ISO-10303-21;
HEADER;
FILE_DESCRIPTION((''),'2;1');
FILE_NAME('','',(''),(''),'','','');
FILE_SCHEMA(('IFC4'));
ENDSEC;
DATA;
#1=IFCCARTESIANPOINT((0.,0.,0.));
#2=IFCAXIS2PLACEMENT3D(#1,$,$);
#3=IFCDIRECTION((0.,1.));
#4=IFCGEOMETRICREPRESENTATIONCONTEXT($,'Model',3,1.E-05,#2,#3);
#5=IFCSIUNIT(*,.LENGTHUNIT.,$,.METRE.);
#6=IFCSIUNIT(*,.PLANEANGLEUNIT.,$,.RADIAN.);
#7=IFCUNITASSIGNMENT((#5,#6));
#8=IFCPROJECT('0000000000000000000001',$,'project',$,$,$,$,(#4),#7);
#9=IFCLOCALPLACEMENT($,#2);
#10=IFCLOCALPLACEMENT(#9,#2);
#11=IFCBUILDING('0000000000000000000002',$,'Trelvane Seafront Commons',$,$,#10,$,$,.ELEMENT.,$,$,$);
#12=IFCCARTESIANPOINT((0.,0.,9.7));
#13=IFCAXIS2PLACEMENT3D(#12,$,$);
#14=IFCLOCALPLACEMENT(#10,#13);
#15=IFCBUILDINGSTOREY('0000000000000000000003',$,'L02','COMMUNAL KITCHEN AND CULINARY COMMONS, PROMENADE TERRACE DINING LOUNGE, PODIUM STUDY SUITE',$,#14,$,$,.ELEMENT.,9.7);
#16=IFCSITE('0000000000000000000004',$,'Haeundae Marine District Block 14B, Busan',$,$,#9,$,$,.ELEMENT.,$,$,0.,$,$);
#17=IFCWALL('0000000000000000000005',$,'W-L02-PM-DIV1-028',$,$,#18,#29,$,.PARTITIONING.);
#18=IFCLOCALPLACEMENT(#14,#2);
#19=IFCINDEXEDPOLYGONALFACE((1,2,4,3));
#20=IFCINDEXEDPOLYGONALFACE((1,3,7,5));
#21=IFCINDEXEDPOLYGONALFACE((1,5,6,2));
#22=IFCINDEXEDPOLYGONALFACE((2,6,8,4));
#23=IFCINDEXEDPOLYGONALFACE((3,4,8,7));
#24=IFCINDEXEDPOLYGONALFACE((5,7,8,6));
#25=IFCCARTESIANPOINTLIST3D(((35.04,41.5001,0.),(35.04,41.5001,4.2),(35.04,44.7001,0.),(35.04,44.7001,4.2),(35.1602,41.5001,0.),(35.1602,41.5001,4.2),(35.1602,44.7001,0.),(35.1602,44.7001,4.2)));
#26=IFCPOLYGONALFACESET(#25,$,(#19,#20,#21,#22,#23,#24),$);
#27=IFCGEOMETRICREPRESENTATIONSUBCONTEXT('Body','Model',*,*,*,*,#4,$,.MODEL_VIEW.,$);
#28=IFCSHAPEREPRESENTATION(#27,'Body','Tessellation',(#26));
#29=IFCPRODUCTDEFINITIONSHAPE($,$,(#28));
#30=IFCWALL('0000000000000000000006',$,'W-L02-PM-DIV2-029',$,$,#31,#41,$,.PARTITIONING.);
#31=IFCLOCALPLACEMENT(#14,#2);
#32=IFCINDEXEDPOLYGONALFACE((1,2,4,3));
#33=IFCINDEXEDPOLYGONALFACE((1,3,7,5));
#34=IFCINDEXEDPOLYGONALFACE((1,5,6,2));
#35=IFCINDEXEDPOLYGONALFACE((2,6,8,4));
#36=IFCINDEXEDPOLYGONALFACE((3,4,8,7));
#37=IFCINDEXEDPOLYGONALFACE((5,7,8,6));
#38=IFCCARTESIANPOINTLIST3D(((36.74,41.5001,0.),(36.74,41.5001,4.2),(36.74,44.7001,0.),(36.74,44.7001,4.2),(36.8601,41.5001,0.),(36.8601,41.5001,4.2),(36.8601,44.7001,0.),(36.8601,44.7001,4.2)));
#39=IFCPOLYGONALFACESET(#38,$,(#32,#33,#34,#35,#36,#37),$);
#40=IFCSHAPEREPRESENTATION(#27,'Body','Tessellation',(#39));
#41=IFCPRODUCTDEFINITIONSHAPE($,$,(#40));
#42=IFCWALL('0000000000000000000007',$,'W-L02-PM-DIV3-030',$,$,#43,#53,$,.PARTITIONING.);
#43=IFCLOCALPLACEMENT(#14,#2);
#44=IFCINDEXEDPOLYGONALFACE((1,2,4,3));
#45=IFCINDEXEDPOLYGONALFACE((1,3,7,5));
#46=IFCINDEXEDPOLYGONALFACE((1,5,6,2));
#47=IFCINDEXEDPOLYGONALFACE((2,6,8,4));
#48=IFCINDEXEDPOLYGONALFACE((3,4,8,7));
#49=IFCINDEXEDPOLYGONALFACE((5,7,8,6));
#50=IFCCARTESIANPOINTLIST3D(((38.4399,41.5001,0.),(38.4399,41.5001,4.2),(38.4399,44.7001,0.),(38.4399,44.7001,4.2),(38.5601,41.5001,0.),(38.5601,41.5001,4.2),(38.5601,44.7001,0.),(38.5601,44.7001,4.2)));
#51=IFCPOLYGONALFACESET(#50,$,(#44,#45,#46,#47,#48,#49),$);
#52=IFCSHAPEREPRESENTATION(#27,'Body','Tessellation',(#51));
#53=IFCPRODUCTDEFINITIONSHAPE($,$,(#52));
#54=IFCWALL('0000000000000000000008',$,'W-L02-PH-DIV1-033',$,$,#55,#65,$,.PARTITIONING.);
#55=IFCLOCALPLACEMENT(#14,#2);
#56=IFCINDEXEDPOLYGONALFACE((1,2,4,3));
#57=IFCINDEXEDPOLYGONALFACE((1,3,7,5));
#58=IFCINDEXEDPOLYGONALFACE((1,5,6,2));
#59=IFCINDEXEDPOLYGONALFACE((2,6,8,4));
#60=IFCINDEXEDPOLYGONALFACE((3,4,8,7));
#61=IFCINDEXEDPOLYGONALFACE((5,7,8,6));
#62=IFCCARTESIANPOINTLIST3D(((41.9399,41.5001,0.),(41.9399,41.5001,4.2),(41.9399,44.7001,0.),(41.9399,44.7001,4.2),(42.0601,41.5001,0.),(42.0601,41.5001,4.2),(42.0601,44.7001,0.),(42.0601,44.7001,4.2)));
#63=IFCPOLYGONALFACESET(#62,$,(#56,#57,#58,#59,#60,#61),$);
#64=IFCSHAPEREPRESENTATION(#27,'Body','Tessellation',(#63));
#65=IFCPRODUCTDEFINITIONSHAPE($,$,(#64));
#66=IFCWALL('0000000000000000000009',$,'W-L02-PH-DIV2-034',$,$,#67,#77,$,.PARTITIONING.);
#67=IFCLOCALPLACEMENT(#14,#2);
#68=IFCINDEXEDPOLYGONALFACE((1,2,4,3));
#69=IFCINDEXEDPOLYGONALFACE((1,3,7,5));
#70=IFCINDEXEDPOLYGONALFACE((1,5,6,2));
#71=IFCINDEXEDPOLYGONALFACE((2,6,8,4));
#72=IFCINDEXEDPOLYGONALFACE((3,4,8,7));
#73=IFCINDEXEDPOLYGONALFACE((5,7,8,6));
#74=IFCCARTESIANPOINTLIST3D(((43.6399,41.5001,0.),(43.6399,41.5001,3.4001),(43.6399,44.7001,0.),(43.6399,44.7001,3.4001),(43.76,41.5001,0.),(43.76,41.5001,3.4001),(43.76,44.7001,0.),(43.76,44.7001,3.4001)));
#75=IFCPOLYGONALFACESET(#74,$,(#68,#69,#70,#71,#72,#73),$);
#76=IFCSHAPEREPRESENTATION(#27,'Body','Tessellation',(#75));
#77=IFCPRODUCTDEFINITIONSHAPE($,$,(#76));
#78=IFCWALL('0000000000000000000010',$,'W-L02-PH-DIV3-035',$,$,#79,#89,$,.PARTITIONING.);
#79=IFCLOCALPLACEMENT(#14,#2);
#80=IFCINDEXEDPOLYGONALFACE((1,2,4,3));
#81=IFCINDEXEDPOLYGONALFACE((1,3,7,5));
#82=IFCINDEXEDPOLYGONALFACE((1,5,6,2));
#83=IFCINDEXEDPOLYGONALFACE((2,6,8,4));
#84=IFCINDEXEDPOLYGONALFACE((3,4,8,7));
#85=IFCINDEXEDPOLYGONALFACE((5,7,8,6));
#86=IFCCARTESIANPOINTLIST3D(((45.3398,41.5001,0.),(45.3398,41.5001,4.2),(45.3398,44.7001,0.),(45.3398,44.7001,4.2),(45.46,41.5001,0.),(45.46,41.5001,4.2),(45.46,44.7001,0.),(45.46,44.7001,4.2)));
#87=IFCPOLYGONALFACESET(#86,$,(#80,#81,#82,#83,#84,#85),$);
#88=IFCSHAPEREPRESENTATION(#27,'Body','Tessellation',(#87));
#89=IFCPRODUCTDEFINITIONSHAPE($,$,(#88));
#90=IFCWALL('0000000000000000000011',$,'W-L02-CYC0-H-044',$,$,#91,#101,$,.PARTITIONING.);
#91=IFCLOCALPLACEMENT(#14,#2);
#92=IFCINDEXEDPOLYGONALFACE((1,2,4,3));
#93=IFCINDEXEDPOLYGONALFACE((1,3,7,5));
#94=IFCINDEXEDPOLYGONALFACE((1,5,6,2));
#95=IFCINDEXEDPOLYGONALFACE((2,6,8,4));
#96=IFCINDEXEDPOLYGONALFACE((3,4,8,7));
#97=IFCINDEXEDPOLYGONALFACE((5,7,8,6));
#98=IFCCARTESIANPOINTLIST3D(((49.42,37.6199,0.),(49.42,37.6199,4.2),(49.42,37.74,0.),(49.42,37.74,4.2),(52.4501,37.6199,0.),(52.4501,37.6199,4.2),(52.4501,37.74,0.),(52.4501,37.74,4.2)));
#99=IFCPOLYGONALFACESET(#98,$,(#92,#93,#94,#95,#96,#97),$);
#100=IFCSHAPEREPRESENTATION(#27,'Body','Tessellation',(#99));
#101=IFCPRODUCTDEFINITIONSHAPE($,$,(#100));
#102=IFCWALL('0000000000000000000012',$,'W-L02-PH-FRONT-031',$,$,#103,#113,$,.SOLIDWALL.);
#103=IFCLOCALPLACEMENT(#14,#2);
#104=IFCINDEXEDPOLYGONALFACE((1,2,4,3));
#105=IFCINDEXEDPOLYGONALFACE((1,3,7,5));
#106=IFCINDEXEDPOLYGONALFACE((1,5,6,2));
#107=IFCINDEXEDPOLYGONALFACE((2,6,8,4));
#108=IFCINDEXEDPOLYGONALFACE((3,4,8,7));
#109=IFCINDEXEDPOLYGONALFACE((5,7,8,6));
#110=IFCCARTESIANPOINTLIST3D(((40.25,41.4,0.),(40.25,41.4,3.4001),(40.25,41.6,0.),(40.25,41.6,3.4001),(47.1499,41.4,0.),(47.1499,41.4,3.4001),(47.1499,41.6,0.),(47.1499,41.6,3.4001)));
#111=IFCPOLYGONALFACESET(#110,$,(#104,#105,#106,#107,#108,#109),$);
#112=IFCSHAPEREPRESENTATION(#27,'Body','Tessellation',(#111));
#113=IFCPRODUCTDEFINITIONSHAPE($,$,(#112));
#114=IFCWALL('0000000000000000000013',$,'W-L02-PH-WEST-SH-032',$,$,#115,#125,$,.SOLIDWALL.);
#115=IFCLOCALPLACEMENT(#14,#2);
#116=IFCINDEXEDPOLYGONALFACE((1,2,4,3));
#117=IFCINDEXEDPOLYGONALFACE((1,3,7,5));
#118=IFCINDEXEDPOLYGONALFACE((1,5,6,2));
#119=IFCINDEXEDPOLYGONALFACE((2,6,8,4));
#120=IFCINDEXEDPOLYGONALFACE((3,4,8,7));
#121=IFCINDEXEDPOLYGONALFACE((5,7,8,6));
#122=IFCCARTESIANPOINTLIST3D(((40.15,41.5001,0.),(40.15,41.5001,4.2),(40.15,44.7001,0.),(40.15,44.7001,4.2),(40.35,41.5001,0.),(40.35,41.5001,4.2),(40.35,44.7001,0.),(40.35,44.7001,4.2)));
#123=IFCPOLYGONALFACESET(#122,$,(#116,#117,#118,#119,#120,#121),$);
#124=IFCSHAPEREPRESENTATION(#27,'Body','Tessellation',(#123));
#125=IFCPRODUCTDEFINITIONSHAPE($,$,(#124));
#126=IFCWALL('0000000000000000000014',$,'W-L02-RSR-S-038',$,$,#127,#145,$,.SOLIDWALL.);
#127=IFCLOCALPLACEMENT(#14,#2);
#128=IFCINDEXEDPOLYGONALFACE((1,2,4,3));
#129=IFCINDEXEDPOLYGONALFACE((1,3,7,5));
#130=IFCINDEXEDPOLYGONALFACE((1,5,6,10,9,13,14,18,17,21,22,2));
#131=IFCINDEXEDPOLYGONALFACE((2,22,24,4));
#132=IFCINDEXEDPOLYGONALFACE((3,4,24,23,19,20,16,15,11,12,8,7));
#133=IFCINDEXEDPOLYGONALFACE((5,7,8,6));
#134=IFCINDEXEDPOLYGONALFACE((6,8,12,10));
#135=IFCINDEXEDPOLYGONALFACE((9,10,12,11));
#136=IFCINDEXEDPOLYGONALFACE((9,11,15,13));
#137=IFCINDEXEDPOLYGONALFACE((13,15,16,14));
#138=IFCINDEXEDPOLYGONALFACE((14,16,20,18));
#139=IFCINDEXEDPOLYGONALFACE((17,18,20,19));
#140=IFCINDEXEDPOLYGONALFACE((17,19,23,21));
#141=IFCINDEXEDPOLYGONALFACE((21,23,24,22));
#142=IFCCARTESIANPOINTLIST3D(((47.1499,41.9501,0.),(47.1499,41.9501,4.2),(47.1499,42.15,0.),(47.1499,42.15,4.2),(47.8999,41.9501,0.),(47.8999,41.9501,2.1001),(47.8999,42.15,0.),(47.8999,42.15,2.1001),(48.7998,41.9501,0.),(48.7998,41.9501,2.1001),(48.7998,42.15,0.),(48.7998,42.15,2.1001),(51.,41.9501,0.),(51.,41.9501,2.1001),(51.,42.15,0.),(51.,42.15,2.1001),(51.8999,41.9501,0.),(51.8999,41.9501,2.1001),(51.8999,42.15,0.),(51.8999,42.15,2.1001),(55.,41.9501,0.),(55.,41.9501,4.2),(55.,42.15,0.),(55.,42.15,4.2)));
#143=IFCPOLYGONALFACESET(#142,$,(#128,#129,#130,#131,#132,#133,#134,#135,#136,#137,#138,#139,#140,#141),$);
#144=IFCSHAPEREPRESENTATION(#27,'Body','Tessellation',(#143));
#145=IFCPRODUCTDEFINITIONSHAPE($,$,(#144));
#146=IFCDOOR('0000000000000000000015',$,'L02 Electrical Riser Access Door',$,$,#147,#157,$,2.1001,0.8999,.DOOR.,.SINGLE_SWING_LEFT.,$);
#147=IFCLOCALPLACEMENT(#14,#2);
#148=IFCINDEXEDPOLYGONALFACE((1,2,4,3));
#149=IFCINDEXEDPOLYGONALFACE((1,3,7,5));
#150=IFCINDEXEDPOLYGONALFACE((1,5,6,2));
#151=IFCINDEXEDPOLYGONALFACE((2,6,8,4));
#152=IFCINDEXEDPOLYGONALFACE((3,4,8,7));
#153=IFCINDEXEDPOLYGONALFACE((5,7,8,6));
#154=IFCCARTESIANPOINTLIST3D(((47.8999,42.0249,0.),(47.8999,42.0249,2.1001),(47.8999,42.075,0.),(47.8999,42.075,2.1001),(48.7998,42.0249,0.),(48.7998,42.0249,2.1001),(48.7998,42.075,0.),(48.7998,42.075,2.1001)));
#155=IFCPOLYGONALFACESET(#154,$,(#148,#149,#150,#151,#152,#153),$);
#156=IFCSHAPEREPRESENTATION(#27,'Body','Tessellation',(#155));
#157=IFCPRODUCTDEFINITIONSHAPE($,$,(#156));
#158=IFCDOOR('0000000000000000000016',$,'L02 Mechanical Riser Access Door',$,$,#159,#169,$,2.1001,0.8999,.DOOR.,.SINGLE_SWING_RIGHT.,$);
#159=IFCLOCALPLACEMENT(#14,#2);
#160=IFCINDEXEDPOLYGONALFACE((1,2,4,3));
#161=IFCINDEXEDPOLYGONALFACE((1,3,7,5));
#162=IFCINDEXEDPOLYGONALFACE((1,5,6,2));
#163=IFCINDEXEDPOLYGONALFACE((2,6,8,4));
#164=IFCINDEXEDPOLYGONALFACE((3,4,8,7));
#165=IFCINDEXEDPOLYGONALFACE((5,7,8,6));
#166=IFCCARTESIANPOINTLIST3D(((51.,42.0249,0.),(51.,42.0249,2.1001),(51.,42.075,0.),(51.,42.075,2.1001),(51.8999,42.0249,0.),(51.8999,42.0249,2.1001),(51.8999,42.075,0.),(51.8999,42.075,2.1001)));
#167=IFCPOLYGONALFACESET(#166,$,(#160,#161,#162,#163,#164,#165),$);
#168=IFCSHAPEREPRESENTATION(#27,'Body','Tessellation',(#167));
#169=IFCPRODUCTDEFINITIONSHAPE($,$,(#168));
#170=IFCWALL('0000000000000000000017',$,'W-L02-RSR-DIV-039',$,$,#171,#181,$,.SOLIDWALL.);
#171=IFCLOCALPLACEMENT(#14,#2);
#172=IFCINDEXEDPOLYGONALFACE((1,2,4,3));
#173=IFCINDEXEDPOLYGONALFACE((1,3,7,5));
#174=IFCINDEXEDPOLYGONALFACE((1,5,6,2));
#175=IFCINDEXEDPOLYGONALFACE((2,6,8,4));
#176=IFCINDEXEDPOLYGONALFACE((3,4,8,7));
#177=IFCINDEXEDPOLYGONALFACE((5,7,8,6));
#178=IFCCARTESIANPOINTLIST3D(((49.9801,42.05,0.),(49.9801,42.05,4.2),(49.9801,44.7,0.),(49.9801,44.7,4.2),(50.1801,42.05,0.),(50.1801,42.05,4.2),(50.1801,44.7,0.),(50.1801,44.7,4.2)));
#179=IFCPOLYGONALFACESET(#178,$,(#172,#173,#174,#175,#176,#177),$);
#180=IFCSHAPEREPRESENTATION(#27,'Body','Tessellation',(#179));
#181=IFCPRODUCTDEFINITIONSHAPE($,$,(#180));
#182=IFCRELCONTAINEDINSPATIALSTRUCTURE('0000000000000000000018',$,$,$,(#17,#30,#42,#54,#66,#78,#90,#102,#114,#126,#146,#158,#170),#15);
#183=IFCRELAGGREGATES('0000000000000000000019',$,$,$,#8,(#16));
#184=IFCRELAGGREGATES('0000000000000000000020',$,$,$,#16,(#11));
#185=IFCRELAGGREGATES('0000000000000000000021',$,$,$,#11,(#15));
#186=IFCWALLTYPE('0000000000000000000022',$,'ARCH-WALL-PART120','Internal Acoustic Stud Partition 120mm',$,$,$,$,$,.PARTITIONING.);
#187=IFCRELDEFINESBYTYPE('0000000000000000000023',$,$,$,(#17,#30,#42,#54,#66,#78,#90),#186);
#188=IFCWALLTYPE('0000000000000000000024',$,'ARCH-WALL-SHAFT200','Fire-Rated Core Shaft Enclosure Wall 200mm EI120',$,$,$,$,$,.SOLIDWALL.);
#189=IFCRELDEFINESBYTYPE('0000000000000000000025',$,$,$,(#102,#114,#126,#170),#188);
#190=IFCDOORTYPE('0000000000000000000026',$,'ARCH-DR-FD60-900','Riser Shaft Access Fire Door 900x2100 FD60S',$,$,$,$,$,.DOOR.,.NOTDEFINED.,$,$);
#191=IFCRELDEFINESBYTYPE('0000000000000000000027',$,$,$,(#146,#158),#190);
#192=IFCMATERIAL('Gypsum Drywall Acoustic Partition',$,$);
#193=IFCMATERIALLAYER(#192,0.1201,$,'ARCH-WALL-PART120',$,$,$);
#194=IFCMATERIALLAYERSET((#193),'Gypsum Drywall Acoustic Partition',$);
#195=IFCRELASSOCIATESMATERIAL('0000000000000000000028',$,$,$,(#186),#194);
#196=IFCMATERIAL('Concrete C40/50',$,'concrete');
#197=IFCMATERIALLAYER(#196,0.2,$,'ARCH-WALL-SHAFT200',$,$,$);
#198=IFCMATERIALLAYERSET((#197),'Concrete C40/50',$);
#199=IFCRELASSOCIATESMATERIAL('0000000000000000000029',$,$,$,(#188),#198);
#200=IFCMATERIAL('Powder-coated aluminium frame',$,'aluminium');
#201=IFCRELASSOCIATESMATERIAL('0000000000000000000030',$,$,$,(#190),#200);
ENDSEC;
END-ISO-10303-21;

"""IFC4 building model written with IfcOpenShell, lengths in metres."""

from ifc_helpers import new_model, si_unit, direction, frame, frame_2d, origin, place, context, subcontext, project, spatial, rectangle, extrude, source, transform, mapped, material, layer, layer_set, type_object, element, fill, save


model = new_model("IFC4")

# Units and contexts
model_context = context("Model", 3, precision=1e-05, world=origin(), true_north=direction((0.0, 1.0)))
body_context = subcontext(model_context, "Body", "Model", "MODEL_VIEW")
ifc_project = project(units=[si_unit("LENGTHUNIT", "METRE"), si_unit("PLANEANGLEUNIT", "RADIAN")], contexts=[model_context])

# Site, building, storey
site_placement = place(None, origin())
site = spatial("IfcSite", under=ifc_project, at=site_placement, Name="Haeundae Marine District Block 14B, Busan", CompositionType="ELEMENT", RefElevation=0.0)
building_placement = place(site_placement, origin())
building = spatial("IfcBuilding", under=site, at=building_placement, Name="Trelvane Seafront Commons", CompositionType="ELEMENT")
storey_placement = place(building_placement, frame((0.0, 0.0, 9.7)))
storey = spatial("IfcBuildingStorey", under=building, at=storey_placement, Name="L02", Description="COMMUNAL KITCHEN AND CULINARY COMMONS, PROMENADE TERRACE DINING LOUNGE, PODIUM STUDY SUITE", CompositionType="ELEMENT", Elevation=9.7)

# Walls
ifc_material_1 = material(Name="Gypsum Drywall Acoustic Partition")
ifc_layer_1 = layer(ifc_material_1, 0.1201, Name="ARCH-WALL-PART120")
ifc_layer_set_1 = layer_set([ifc_layer_1], Name="Gypsum Drywall Acoustic Partition")
wall_type_1 = type_object("IfcWallType", Name="ARCH-WALL-PART120", Description="Internal Acoustic Stud Partition 120mm", PredefinedType="PARTITIONING", material=ifc_layer_set_1)
for number, where, z_axis, x_axis, name in (
    (1, (35.1001, 41.5, 0.0), (0.0, 0.0, 1.0), (0.0, 1.0, 0.0), "W-L02-PM-DIV1-028"),
    (2, (36.8, 41.5, 0.0), (0.0, 0.0, 1.0), (0.0, 1.0, 0.0), "W-L02-PM-DIV2-029"),
    (3, (38.5, 41.5, 0.0), (0.0, 0.0, 1.0), (0.0, 1.0, 0.0), "W-L02-PM-DIV3-030"),
    (4, (42.0, 41.5, 0.0), (0.0, 0.0, 1.0), (0.0, 1.0, 0.0), "W-L02-PH-DIV1-033"),
):
    element("IfcWall", number, at=place(storey_placement, frame(where, z_axis=z_axis, x_axis=x_axis)), inside=storey, type_object=wall_type_1, Name=name, PredefinedType="PARTITIONING", context=body_context, shape_type="SweptSolid", body=[
        extrude(rectangle(XDim=3.2, YDim=0.1201, at=frame_2d((1.6001, 0.0))), origin(), (0.0, 0.0, 1.0), 4.2),
    ])
wall_1_placement = place(storey_placement, frame((43.7, 41.5, 0.0), z_axis=(0.0, 0.0, 1.0), x_axis=(0.0, 1.0, 0.0)))
element("IfcWall", 5, at=wall_1_placement, inside=storey, type_object=wall_type_1, Name="W-L02-PH-DIV2-034", PredefinedType="PARTITIONING", context=body_context, shape_type="SweptSolid", body=[
    extrude(rectangle(XDim=3.2, YDim=0.1201, at=frame_2d((1.6001, 0.0))), origin(), (0.0, 0.0, 1.0), 3.4001),
])
wall_2_placement = place(storey_placement, frame((45.3999, 41.5, 0.0), z_axis=(0.0, 0.0, 1.0), x_axis=(0.0, 1.0, 0.0)))
element("IfcWall", 6, at=wall_2_placement, inside=storey, type_object=wall_type_1, Name="W-L02-PH-DIV3-035", PredefinedType="PARTITIONING", context=body_context, shape_type="SweptSolid", body=[
    extrude(rectangle(XDim=3.2, YDim=0.1201, at=frame_2d((1.6001, 0.0))), origin(), (0.0, 0.0, 1.0), 4.2),
])
wall_3_placement = place(storey_placement, frame((49.4199, 37.6799, 0.0), z_axis=(0.0, 0.0, 1.0), x_axis=(1.0, 0.0, 0.0)))
element("IfcWall", 7, at=wall_3_placement, inside=storey, type_object=wall_type_1, Name="W-L02-CYC0-H-044", PredefinedType="PARTITIONING", context=body_context, shape_type="SweptSolid", body=[
    extrude(rectangle(XDim=3.03, YDim=0.1201, at=frame_2d((1.5151, 0.0))), origin(), (0.0, 0.0, 1.0), 4.2),
])
ifc_material_2 = material(Name="Concrete C40/50", Category="concrete")
ifc_layer_2 = layer(ifc_material_2, 0.2, Name="ARCH-WALL-SHAFT200")
ifc_layer_set_2 = layer_set([ifc_layer_2], Name="Concrete C40/50")
wall_type_2 = type_object("IfcWallType", Name="ARCH-WALL-SHAFT200", Description="Fire-Rated Core Shaft Enclosure Wall 200mm EI120", PredefinedType="SOLIDWALL", material=ifc_layer_set_2)
wall_4_placement = place(storey_placement, frame((40.25, 41.5, 0.0), z_axis=(0.0, 0.0, 1.0), x_axis=(1.0, 0.0, 0.0)))
element("IfcWall", 8, at=wall_4_placement, inside=storey, type_object=wall_type_2, Name="W-L02-PH-FRONT-031", PredefinedType="SOLIDWALL", context=body_context, shape_type="SweptSolid", body=[
    extrude(rectangle(XDim=6.8999, YDim=0.2, at=frame_2d((3.45, 0.0))), origin(), (0.0, 0.0, 1.0), 3.4001),
])
wall_5_placement = place(storey_placement, frame((40.25, 41.5, 0.0), z_axis=(0.0, 0.0, 1.0), x_axis=(0.0, 1.0, 0.0)))
element("IfcWall", 9, at=wall_5_placement, inside=storey, type_object=wall_type_2, Name="W-L02-PH-WEST-SH-032", PredefinedType="SOLIDWALL", context=body_context, shape_type="SweptSolid", body=[
    extrude(rectangle(XDim=3.2, YDim=0.2, at=frame_2d((1.6001, 0.0))), origin(), (0.0, 0.0, 1.0), 4.2),
])

# Wall, openings, doors
wall_6_placement = place(storey_placement, frame((47.1499, 42.05, 0.0), z_axis=(0.0, 0.0, 1.0), x_axis=(1.0, 0.0, 0.0)))
wall_6 = element("IfcWall", 10, at=wall_6_placement, inside=storey, type_object=wall_type_2, Name="W-L02-RSR-S-038", PredefinedType="SOLIDWALL", context=body_context, shape_type="SweptSolid", body=[
    extrude(rectangle(XDim=7.8501, YDim=0.2, at=frame_2d((3.925, 0.0))), origin(), (0.0, 0.0, 1.0), 4.2),
])
opening_1_placement = place(wall_6_placement, frame((0.75, 0.0, 0.0)))
opening_1 = element("IfcOpeningElement", 11, at=opening_1_placement, cuts=wall_6, PredefinedType="OPENING", context=body_context, shape_type="SweptSolid", body=[
    extrude(rectangle(XDim=0.8999, YDim=2.1001, at=frame_2d((0.45, 1.05))), frame((0.0, 0.1099, 0.0), z_axis=(0.0, -1.0, 0.0), x_axis=(1.0, 0.0, 0.0)), (0.0, 0.0, 1.0), 0.22),
])
opening_2_placement = place(wall_6_placement, frame((3.8501, 0.0, 0.0)))
opening_2 = element("IfcOpeningElement", 12, at=opening_2_placement, cuts=wall_6, PredefinedType="OPENING", context=body_context, shape_type="SweptSolid", body=[
    extrude(rectangle(XDim=0.8999, YDim=2.1001, at=frame_2d((0.45, 1.05))), frame((0.0, 0.1099, 0.0), z_axis=(0.0, -1.0, 0.0), x_axis=(1.0, 0.0, 0.0)), (0.0, 0.0, 1.0), 0.22),
])
ifc_material_3 = material(Name="Powder-coated aluminium frame", Category="aluminium")
door_type = type_object("IfcDoorType", Name="ARCH-DR-FD60-900", Description="Riser Shaft Access Fire Door 900x2100 FD60S", OperationType="NOTDEFINED", PredefinedType="DOOR", material=ifc_material_3)
shared_shape_1 = source(origin(), body_context, "Body", "SweptSolid", [
    extrude(rectangle(XDim=0.8999, YDim=2.1001, at=frame_2d((0.45, 1.05))), frame((0.0, 0.0249, 0.0), z_axis=(0.0, -1.0, 0.0), x_axis=(1.0, 0.0, 0.0)), (0.0, 0.0, 1.0), 0.05),
])
door_1_placement = place(opening_1_placement, origin())
door_1 = element("IfcDoor", 13, at=door_1_placement, inside=storey, type_object=door_type, Name="L02 Electrical Riser Access Door", OperationType="SINGLE_SWING_LEFT", OverallHeight=2.1001, OverallWidth=0.8999, PredefinedType="DOOR", context=body_context, shape_type="MappedRepresentation", body=[
    mapped(shared_shape_1, transform((0.0, 0.0, 0.0), x_axis=(1.0, 0.0, 0.0), y_axis=(0.0, 1.0, 0.0), z_axis=(0.0, 0.0, 1.0), scale=1.0)),
])
fill(opening_1, door_1)
door_2_placement = place(opening_2_placement, origin())
door_2 = element("IfcDoor", 14, at=door_2_placement, inside=storey, type_object=door_type, Name="L02 Mechanical Riser Access Door", OperationType="SINGLE_SWING_RIGHT", OverallHeight=2.1001, OverallWidth=0.8999, PredefinedType="DOOR", context=body_context, shape_type="MappedRepresentation", body=[
    mapped(shared_shape_1, transform((0.0, 0.0, 0.0), x_axis=(1.0, 0.0, 0.0), y_axis=(0.0, 1.0, 0.0), z_axis=(0.0, 0.0, 1.0), scale=1.0)),
])
fill(opening_2, door_2)

# Wall
wall_7_placement = place(storey_placement, frame((50.0801, 42.05, 0.0), z_axis=(0.0, 0.0, 1.0), x_axis=(0.0, 1.0, 0.0)))
element("IfcWall", 15, at=wall_7_placement, inside=storey, type_object=wall_type_2, Name="W-L02-RSR-DIV-039", PredefinedType="SOLIDWALL", context=body_context, shape_type="SweptSolid", body=[
    extrude(rectangle(XDim=2.6499, YDim=0.2, at=frame_2d((1.325, 0.0))), origin(), (0.0, 0.0, 1.0), 4.2),
])

save(model, "model.ifc")
